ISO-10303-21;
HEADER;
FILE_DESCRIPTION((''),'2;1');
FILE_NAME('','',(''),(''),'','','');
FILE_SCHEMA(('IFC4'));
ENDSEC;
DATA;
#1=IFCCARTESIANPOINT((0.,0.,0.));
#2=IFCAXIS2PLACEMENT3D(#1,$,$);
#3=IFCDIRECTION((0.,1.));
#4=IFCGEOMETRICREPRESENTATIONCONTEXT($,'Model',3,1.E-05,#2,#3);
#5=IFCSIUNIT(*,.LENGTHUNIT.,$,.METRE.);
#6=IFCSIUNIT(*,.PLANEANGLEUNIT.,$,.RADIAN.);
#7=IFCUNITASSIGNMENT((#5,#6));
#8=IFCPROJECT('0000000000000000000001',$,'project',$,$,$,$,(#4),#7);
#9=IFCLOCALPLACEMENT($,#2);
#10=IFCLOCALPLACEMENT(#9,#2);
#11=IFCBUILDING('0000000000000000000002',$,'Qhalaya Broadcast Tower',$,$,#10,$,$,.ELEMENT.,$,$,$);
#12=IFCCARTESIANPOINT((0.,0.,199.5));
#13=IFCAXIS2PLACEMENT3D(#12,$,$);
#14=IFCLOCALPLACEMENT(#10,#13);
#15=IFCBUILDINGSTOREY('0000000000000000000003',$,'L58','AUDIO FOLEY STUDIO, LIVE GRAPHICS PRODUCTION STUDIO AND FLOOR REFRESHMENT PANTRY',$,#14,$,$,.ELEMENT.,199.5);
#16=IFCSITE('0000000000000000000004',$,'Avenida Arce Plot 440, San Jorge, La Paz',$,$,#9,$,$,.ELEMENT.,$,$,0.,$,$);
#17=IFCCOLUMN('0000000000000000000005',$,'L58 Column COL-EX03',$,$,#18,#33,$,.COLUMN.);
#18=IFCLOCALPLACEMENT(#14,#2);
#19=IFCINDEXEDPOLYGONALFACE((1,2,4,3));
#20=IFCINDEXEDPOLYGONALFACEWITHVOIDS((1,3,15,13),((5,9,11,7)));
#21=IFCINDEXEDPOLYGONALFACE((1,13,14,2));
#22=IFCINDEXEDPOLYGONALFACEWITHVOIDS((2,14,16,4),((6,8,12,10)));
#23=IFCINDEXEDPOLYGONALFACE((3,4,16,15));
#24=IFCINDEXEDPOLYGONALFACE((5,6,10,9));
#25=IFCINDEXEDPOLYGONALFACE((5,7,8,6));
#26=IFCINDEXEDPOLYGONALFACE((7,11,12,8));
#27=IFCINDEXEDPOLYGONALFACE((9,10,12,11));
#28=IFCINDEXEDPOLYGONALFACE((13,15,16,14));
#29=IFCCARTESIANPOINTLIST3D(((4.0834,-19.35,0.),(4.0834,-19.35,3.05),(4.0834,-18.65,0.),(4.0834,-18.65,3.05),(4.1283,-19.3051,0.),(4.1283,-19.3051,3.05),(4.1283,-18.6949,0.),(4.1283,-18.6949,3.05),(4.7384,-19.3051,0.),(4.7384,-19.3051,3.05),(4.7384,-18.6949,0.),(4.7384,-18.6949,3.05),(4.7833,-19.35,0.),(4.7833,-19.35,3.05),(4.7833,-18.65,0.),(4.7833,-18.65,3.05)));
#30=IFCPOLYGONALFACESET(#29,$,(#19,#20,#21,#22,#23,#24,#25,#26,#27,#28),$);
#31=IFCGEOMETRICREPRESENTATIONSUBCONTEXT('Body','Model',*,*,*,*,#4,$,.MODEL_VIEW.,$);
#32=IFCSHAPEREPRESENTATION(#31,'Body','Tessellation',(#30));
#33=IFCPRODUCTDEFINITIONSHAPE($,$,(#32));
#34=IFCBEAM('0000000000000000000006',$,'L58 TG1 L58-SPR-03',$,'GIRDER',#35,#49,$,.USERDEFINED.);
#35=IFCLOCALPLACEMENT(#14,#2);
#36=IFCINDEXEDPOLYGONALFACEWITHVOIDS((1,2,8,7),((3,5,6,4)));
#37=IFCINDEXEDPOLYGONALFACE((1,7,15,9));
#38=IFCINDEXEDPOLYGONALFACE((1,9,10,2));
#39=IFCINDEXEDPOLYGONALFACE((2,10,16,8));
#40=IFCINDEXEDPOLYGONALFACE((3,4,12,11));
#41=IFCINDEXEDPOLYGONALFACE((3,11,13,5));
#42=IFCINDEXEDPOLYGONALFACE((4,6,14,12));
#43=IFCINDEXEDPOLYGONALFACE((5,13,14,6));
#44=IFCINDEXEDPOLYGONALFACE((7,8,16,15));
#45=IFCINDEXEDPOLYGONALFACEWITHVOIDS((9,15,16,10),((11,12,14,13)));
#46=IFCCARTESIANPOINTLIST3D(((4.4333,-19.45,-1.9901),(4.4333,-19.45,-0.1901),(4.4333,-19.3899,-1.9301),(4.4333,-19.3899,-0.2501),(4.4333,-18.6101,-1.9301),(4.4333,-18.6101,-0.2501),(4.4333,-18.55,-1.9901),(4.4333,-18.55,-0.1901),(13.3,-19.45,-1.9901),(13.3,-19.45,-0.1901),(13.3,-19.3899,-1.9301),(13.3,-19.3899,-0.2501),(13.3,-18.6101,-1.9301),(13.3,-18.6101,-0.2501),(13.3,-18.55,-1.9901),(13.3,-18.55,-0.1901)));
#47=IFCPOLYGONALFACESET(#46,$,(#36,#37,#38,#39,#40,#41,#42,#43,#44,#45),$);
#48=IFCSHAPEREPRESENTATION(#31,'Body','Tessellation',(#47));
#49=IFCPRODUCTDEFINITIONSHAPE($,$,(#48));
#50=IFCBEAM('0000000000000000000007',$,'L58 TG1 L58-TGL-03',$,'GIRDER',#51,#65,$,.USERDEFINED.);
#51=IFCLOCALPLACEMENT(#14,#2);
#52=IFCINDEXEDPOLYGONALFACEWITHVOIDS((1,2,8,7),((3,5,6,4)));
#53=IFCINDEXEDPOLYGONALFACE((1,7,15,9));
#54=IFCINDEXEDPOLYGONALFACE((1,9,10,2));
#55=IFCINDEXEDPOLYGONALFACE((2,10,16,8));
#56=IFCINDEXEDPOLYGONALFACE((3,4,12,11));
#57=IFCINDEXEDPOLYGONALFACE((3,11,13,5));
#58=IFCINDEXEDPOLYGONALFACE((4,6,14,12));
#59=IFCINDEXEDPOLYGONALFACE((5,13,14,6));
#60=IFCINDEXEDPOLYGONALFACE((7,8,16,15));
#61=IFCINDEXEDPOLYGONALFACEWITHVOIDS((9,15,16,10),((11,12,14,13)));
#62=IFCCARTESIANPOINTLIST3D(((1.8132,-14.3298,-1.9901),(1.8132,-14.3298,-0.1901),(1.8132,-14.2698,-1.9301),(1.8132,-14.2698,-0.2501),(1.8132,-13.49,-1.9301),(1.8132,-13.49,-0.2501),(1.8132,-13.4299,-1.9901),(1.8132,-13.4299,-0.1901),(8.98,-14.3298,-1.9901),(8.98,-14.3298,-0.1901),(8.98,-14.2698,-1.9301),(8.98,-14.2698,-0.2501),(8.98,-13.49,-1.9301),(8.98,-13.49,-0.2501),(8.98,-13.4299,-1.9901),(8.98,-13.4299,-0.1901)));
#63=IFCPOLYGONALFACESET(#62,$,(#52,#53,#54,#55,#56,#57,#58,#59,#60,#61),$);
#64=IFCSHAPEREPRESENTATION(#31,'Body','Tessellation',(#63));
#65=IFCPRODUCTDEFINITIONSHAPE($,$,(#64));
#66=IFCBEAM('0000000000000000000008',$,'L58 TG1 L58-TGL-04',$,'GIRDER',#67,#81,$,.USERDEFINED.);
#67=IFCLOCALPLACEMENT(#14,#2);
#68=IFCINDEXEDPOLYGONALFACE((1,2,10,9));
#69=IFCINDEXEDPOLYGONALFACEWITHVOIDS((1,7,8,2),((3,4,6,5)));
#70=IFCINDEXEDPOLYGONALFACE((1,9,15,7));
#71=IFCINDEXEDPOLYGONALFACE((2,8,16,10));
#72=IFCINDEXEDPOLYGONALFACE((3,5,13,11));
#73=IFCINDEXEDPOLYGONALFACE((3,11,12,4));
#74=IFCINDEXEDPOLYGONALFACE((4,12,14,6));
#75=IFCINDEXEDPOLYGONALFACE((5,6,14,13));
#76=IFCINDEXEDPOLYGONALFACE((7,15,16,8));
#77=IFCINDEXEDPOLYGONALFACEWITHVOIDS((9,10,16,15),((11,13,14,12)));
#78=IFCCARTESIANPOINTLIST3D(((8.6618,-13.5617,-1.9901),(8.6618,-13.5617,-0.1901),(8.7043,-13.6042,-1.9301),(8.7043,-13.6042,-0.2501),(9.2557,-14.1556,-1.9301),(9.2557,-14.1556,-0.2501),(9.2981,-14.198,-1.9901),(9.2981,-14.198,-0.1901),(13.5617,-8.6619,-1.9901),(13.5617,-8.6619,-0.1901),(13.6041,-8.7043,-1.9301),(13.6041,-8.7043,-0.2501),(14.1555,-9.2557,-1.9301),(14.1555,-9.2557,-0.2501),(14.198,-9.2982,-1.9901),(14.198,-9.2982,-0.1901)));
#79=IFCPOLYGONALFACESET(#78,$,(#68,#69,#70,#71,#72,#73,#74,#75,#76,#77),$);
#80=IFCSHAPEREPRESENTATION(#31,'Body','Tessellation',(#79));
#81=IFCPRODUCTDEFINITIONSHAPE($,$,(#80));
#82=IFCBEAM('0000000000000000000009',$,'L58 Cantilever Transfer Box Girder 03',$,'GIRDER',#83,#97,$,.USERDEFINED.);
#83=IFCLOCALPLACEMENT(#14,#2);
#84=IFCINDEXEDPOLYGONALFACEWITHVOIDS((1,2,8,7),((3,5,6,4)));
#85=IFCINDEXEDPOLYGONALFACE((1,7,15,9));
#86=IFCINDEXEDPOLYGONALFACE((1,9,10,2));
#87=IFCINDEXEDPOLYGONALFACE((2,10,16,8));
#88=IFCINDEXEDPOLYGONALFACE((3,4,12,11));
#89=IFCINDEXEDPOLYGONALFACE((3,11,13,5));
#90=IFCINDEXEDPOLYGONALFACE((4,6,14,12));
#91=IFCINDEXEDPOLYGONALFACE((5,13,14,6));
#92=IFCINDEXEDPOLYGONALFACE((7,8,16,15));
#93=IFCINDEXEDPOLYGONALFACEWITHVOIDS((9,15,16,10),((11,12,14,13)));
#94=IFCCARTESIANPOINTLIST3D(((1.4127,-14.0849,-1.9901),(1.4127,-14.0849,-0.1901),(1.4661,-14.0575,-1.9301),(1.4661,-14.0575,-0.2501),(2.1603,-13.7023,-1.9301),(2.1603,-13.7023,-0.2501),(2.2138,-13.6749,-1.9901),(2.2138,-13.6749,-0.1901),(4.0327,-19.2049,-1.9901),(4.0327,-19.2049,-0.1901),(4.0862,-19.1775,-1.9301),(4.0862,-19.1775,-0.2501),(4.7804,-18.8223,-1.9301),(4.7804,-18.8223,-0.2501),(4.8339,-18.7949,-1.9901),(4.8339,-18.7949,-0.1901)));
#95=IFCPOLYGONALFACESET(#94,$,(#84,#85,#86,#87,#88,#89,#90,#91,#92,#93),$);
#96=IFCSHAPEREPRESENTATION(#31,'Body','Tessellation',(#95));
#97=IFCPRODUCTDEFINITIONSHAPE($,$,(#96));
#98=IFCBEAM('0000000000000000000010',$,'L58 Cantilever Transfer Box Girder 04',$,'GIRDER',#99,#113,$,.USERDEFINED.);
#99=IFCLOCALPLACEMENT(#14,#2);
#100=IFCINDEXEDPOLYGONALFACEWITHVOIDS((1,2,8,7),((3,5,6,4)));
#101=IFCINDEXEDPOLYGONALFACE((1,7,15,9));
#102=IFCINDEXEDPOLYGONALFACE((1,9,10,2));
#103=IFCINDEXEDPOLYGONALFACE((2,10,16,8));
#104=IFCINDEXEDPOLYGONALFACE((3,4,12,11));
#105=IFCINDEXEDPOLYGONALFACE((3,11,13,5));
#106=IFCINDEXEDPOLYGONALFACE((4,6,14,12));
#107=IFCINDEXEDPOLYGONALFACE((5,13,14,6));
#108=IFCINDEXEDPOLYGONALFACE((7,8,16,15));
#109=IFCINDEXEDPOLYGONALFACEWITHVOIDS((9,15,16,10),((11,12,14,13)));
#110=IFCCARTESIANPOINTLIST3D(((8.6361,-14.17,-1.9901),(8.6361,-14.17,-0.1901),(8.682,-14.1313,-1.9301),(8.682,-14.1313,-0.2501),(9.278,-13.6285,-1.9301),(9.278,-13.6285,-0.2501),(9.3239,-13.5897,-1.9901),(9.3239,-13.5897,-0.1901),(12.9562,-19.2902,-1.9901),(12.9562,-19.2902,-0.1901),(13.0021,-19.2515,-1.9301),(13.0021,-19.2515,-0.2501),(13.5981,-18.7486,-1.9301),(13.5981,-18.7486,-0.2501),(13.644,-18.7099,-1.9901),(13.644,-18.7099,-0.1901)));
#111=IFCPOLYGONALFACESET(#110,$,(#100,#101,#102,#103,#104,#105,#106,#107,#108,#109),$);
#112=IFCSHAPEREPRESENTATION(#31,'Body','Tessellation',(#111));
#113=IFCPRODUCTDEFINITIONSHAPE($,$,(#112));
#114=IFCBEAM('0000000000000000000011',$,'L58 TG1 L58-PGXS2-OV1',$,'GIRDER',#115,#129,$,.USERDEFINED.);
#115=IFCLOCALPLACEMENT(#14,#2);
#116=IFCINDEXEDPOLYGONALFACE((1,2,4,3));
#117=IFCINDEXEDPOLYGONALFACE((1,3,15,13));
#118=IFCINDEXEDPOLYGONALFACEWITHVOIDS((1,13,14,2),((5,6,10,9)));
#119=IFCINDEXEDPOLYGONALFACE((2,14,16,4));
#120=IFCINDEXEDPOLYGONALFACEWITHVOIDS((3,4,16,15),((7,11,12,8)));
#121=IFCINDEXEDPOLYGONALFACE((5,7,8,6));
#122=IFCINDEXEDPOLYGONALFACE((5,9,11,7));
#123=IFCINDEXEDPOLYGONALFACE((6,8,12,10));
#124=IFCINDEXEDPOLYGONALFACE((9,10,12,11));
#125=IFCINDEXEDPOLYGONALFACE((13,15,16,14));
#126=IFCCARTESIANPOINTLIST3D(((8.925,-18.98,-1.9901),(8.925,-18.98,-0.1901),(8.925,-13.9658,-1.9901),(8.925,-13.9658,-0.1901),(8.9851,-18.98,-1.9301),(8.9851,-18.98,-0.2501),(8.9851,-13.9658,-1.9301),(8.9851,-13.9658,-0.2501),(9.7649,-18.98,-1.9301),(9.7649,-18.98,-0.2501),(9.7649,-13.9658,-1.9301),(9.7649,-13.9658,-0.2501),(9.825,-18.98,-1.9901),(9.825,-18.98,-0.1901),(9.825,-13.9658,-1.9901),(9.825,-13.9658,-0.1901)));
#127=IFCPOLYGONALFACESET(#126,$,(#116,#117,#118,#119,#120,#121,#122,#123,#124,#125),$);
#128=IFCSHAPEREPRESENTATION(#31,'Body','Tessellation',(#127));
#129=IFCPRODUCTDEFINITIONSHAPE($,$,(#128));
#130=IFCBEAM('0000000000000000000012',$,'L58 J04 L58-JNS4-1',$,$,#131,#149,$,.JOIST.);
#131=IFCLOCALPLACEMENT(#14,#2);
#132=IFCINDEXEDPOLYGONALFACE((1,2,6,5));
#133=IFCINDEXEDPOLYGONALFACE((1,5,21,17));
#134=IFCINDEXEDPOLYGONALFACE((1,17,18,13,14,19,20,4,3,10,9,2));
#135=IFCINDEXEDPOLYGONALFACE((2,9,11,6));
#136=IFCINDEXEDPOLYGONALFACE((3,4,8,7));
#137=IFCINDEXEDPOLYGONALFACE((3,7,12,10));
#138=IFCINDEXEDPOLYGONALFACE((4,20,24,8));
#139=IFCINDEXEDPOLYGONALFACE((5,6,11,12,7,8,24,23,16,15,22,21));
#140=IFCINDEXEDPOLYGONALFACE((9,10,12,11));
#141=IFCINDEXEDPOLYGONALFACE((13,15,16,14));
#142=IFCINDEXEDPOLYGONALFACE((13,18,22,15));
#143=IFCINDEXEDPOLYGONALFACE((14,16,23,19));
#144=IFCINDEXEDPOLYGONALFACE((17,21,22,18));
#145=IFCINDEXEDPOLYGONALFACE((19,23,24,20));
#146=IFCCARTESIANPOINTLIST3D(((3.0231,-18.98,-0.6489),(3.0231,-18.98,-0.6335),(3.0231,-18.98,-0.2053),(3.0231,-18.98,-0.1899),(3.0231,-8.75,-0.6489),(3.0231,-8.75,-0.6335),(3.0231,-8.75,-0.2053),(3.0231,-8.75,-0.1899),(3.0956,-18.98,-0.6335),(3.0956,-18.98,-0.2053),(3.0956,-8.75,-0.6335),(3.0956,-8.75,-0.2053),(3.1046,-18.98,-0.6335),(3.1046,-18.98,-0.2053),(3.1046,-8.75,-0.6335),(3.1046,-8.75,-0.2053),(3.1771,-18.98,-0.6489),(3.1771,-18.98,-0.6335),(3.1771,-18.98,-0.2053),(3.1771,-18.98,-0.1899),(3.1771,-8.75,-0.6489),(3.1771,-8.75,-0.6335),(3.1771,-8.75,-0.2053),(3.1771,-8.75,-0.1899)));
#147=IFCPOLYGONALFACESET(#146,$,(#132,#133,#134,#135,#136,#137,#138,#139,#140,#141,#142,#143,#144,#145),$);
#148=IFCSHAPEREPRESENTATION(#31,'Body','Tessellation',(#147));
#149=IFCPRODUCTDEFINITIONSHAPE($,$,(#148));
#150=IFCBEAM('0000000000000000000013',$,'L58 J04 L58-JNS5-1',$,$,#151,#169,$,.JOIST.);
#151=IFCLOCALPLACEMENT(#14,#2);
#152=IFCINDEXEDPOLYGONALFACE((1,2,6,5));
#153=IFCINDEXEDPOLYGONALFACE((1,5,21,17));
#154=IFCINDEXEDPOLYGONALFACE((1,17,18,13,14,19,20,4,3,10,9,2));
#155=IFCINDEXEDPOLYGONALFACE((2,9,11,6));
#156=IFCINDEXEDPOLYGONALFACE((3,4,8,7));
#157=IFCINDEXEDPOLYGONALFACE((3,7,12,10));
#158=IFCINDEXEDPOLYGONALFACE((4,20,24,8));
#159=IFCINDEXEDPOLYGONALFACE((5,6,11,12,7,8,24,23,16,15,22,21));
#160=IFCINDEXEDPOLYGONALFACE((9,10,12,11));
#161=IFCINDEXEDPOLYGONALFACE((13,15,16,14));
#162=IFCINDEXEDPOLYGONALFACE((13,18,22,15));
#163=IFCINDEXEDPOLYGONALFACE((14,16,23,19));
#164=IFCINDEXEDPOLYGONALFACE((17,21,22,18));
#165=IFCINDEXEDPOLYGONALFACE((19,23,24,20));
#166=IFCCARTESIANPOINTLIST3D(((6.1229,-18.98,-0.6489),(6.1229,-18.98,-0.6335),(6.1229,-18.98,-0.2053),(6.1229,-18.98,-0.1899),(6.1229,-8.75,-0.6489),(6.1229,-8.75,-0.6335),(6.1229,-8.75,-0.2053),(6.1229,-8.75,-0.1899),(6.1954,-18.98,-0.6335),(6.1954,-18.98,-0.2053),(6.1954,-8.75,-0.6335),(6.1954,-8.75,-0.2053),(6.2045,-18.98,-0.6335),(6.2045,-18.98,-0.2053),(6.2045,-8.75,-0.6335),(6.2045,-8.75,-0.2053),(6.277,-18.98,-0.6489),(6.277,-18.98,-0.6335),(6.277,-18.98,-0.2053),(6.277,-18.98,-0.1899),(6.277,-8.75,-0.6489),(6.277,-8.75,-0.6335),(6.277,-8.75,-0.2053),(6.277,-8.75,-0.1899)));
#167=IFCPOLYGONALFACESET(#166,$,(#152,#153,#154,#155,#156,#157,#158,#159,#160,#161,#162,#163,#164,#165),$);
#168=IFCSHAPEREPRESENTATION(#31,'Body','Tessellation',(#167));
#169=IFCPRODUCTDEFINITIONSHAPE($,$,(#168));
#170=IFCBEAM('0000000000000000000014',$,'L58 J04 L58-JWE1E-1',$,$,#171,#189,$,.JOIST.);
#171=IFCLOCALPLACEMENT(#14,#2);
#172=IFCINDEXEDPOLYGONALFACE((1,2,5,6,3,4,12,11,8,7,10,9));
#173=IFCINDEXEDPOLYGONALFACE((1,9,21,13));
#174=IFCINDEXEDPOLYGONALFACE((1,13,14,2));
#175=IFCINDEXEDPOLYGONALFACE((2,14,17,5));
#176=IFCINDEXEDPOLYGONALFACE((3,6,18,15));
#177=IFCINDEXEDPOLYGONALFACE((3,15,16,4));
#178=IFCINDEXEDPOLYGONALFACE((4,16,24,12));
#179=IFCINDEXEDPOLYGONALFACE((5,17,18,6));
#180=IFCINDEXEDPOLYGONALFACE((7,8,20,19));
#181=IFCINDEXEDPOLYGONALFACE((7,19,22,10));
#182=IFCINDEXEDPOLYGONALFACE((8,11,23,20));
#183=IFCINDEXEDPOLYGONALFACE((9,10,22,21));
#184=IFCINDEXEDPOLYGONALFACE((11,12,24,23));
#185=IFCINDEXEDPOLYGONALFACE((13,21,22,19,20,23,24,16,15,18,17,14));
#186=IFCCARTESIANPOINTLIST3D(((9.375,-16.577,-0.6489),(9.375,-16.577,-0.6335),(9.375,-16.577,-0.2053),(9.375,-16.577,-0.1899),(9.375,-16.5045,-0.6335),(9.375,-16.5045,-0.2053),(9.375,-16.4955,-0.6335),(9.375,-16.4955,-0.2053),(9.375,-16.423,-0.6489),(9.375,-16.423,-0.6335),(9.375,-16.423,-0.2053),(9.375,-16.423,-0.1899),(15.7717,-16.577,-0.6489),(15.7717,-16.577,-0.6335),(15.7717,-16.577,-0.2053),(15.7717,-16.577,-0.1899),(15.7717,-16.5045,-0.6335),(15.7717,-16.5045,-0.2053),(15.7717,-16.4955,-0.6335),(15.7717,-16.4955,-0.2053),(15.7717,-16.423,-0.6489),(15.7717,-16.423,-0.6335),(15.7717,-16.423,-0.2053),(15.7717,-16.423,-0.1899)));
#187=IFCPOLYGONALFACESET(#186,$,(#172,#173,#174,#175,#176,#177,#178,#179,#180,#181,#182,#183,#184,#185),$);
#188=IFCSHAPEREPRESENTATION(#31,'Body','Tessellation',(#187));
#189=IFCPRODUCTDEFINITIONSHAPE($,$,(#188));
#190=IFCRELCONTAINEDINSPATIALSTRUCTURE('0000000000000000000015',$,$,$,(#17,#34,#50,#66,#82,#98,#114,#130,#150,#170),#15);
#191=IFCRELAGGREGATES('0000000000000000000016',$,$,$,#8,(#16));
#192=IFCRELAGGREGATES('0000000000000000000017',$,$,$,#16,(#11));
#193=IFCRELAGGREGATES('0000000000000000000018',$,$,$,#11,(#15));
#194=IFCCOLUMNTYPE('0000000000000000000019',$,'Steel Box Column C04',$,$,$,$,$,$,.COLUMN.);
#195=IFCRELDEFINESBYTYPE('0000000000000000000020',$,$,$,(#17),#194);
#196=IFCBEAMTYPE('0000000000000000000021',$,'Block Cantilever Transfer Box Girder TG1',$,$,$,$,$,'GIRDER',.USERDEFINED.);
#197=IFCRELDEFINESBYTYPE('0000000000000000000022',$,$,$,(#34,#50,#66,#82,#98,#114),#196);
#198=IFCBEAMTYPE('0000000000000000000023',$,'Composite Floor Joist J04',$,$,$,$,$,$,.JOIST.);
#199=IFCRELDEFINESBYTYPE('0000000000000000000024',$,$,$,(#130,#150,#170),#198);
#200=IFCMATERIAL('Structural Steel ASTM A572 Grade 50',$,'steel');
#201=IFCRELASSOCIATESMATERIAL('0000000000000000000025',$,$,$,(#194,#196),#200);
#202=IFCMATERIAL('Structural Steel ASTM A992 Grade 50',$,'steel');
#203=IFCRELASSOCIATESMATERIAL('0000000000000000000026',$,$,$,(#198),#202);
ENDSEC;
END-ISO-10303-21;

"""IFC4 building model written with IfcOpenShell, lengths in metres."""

from ifc_helpers import new_model, si_unit, direction, frame, origin, origin_2d, place, context, subcontext, project, spatial, hollow_rectangle, i_section, extrude, material, material_profile, profile_set, type_object, element, save


model = new_model("IFC4")

# Units and contexts
model_context = context("Model", 3, precision=1e-05, world=origin(), true_north=direction((0.0, 1.0)))
body_context = subcontext(model_context, "Body", "Model", "MODEL_VIEW")
ifc_project = project(units=[si_unit("LENGTHUNIT", "METRE"), si_unit("PLANEANGLEUNIT", "RADIAN")], contexts=[model_context])

# Site, building, storey
site_placement = place(None, origin())
site = spatial("IfcSite", under=ifc_project, at=site_placement, Name="Avenida Arce Plot 440, San Jorge, La Paz", CompositionType="ELEMENT", RefElevation=0.0)
building_placement = place(site_placement, origin())
building = spatial("IfcBuilding", under=site, at=building_placement, Name="Qhalaya Broadcast Tower", CompositionType="ELEMENT")
storey_placement = place(building_placement, frame((0.0, 0.0, 199.5)))
storey = spatial("IfcBuildingStorey", under=building, at=storey_placement, Name="L58", Description="AUDIO FOLEY STUDIO, LIVE GRAPHICS PRODUCTION STUDIO AND FLOOR REFRESHMENT PANTRY", CompositionType="ELEMENT", Elevation=199.5)

# Column
ifc_material_1 = material(Name="Structural Steel ASTM A572 Grade 50", Category="steel")
ifc_material_profile_1 = material_profile(ifc_material_1, hollow_rectangle(XDim=0.7, YDim=0.7, WallThickness=0.0449, at=origin_2d()), Name="BOX 700x700x45")
ifc_profile_set_1 = profile_set([ifc_material_profile_1], Name="Structural Steel ASTM A572 Grade 50")
column_type = type_object("IfcColumnType", Name="Steel Box Column C04", PredefinedType="COLUMN", material=ifc_profile_set_1)
column_placement = place(storey_placement, frame((4.4333, -19.0, 0.0), z_axis=(0.0, 0.0, 1.0), x_axis=(1.0, 0.0, 0.0)))
element("IfcColumn", 1, at=column_placement, inside=storey, type_object=column_type, Name="L58 Column COL-EX03", PredefinedType="COLUMN", context=body_context, shape_type="SweptSolid", body=[
    extrude(hollow_rectangle(XDim=0.7, YDim=0.7, WallThickness=0.0449, at=origin_2d()), origin(), (0.0, 0.0, 1.0), 3.05),
])

# Beams
ifc_material_profile_2 = material_profile(ifc_material_1, hollow_rectangle(XDim=0.8999, YDim=1.8, WallThickness=0.0601, at=origin_2d()), Name="BOX 900x1800x60")
ifc_profile_set_2 = profile_set([ifc_material_profile_2], Name="Structural Steel ASTM A572 Grade 50")
beam_type_1 = type_object("IfcBeamType", Name="Block Cantilever Transfer Box Girder TG1", ElementType="GIRDER", PredefinedType="USERDEFINED", material=ifc_profile_set_2)
beam_1_placement = place(storey_placement, frame((4.4333, -19.0, -1.0901), z_axis=(1.0, 0.0, 0.0), x_axis=(0.0, 1.0, 0.0)))
element("IfcBeam", 2, at=beam_1_placement, inside=storey, type_object=beam_type_1, Name="L58 TG1 L58-SPR-03", ObjectType="GIRDER", PredefinedType="USERDEFINED", context=body_context, shape_type="SweptSolid", body=[
    extrude(hollow_rectangle(XDim=0.8999, YDim=1.8, WallThickness=0.0601, at=origin_2d()), origin(), (0.0, 0.0, 1.0), 8.8667),
])
beam_2_placement = place(storey_placement, frame((1.8132, -13.8799, -1.0901), z_axis=(1.0, 0.0, 0.0), x_axis=(0.0, 1.0, 0.0)))
element("IfcBeam", 3, at=beam_2_placement, inside=storey, type_object=beam_type_1, Name="L58 TG1 L58-TGL-03", ObjectType="GIRDER", PredefinedType="USERDEFINED", context=body_context, shape_type="SweptSolid", body=[
    extrude(hollow_rectangle(XDim=0.8999, YDim=1.8, WallThickness=0.0601, at=origin_2d()), origin(), (0.0, 0.0, 1.0), 7.1667),
])
beam_3_placement = place(storey_placement, frame((8.98, -13.8799, -1.0901), z_axis=(0.707107, 0.707107, 0.0), x_axis=(-0.707107, 0.707107, 0.0)))
element("IfcBeam", 4, at=beam_3_placement, inside=storey, type_object=beam_type_1, Name="L58 TG1 L58-TGL-04", ObjectType="GIRDER", PredefinedType="USERDEFINED", context=body_context, shape_type="SweptSolid", body=[
    extrude(hollow_rectangle(XDim=0.8999, YDim=1.8, WallThickness=0.0601, at=origin_2d()), origin(), (0.0, 0.0, 1.0), 6.9294),
])
beam_4_placement = place(storey_placement, frame((1.8132, -13.8799, -1.0901), z_axis=(0.455548, -0.890211, 0.0), x_axis=(0.890211, 0.455548, 0.0)))
element("IfcBeam", 5, at=beam_4_placement, inside=storey, type_object=beam_type_1, Name="L58 Cantilever Transfer Box Girder 03", ObjectType="GIRDER", PredefinedType="USERDEFINED", context=body_context, shape_type="SweptSolid", body=[
    extrude(hollow_rectangle(XDim=0.8999, YDim=1.8, WallThickness=0.0601, at=origin_2d()), origin(), (0.0, 0.0, 1.0), 5.7515),
])
beam_5_placement = place(storey_placement, frame((8.98, -13.8799, -1.0901), z_axis=(0.644868, -0.764294, 0.0), x_axis=(0.764294, 0.644868, 0.0)))
element("IfcBeam", 6, at=beam_5_placement, inside=storey, type_object=beam_type_1, Name="L58 Cantilever Transfer Box Girder 04", ObjectType="GIRDER", PredefinedType="USERDEFINED", context=body_context, shape_type="SweptSolid", body=[
    extrude(hollow_rectangle(XDim=0.8999, YDim=1.8, WallThickness=0.0601, at=origin_2d()), origin(), (0.0, 0.0, 1.0), 6.6992),
])
beam_6_placement = place(storey_placement, frame((9.375, -18.98, -1.0901), z_axis=(0.0, 1.0, 0.0), x_axis=(-1.0, 0.0, 0.0)))
element("IfcBeam", 7, at=beam_6_placement, inside=storey, type_object=beam_type_1, Name="L58 TG1 L58-PGXS2-OV1", ObjectType="GIRDER", PredefinedType="USERDEFINED", context=body_context, shape_type="SweptSolid", body=[
    extrude(hollow_rectangle(XDim=0.8999, YDim=1.8, WallThickness=0.0601, at=origin_2d()), origin(), (0.0, 0.0, 1.0), 5.0142),
])
ifc_material_2 = material(Name="Structural Steel ASTM A992 Grade 50", Category="steel")
ifc_material_profile_3 = material_profile(ifc_material_2, i_section(OverallWidth=0.1541, OverallDepth=0.459, WebThickness=0.009, FlangeThickness=0.0154, at=origin_2d()), Name="W18X46")
ifc_profile_set_3 = profile_set([ifc_material_profile_3], Name="Structural Steel ASTM A992 Grade 50")
beam_type_2 = type_object("IfcBeamType", Name="Composite Floor Joist J04", PredefinedType="JOIST", material=ifc_profile_set_3)
for number, where, z_axis, x_axis, name in (
    (8, (3.1001, -18.98, -0.4194), (0.0, 1.0, 0.0), (-1.0, 0.0, 0.0), "L58 J04 L58-JNS4-1"),
    (9, (6.2, -18.98, -0.4194), (0.0, 1.0, 0.0), (-1.0, 0.0, 0.0), "L58 J04 L58-JNS5-1"),
):
    element("IfcBeam", number, at=place(storey_placement, frame(where, z_axis=z_axis, x_axis=x_axis)), inside=storey, type_object=beam_type_2, Name=name, PredefinedType="JOIST", context=body_context, shape_type="SweptSolid", body=[
        extrude(i_section(OverallWidth=0.1541, OverallDepth=0.459, WebThickness=0.009, FlangeThickness=0.0154, at=origin_2d()), origin(), (0.0, 0.0, 1.0), 10.23),
    ])
beam_7_placement = place(storey_placement, frame((9.375, -16.5, -0.4194), z_axis=(1.0, 0.0, 0.0), x_axis=(0.0, 1.0, 0.0)))
element("IfcBeam", 10, at=beam_7_placement, inside=storey, type_object=beam_type_2, Name="L58 J04 L58-JWE1E-1", PredefinedType="JOIST", context=body_context, shape_type="SweptSolid", body=[
    extrude(i_section(OverallWidth=0.1541, OverallDepth=0.459, WebThickness=0.009, FlangeThickness=0.0154, at=origin_2d()), origin(), (0.0, 0.0, 1.0), 6.3967),
])

save(model, "model.ifc")
